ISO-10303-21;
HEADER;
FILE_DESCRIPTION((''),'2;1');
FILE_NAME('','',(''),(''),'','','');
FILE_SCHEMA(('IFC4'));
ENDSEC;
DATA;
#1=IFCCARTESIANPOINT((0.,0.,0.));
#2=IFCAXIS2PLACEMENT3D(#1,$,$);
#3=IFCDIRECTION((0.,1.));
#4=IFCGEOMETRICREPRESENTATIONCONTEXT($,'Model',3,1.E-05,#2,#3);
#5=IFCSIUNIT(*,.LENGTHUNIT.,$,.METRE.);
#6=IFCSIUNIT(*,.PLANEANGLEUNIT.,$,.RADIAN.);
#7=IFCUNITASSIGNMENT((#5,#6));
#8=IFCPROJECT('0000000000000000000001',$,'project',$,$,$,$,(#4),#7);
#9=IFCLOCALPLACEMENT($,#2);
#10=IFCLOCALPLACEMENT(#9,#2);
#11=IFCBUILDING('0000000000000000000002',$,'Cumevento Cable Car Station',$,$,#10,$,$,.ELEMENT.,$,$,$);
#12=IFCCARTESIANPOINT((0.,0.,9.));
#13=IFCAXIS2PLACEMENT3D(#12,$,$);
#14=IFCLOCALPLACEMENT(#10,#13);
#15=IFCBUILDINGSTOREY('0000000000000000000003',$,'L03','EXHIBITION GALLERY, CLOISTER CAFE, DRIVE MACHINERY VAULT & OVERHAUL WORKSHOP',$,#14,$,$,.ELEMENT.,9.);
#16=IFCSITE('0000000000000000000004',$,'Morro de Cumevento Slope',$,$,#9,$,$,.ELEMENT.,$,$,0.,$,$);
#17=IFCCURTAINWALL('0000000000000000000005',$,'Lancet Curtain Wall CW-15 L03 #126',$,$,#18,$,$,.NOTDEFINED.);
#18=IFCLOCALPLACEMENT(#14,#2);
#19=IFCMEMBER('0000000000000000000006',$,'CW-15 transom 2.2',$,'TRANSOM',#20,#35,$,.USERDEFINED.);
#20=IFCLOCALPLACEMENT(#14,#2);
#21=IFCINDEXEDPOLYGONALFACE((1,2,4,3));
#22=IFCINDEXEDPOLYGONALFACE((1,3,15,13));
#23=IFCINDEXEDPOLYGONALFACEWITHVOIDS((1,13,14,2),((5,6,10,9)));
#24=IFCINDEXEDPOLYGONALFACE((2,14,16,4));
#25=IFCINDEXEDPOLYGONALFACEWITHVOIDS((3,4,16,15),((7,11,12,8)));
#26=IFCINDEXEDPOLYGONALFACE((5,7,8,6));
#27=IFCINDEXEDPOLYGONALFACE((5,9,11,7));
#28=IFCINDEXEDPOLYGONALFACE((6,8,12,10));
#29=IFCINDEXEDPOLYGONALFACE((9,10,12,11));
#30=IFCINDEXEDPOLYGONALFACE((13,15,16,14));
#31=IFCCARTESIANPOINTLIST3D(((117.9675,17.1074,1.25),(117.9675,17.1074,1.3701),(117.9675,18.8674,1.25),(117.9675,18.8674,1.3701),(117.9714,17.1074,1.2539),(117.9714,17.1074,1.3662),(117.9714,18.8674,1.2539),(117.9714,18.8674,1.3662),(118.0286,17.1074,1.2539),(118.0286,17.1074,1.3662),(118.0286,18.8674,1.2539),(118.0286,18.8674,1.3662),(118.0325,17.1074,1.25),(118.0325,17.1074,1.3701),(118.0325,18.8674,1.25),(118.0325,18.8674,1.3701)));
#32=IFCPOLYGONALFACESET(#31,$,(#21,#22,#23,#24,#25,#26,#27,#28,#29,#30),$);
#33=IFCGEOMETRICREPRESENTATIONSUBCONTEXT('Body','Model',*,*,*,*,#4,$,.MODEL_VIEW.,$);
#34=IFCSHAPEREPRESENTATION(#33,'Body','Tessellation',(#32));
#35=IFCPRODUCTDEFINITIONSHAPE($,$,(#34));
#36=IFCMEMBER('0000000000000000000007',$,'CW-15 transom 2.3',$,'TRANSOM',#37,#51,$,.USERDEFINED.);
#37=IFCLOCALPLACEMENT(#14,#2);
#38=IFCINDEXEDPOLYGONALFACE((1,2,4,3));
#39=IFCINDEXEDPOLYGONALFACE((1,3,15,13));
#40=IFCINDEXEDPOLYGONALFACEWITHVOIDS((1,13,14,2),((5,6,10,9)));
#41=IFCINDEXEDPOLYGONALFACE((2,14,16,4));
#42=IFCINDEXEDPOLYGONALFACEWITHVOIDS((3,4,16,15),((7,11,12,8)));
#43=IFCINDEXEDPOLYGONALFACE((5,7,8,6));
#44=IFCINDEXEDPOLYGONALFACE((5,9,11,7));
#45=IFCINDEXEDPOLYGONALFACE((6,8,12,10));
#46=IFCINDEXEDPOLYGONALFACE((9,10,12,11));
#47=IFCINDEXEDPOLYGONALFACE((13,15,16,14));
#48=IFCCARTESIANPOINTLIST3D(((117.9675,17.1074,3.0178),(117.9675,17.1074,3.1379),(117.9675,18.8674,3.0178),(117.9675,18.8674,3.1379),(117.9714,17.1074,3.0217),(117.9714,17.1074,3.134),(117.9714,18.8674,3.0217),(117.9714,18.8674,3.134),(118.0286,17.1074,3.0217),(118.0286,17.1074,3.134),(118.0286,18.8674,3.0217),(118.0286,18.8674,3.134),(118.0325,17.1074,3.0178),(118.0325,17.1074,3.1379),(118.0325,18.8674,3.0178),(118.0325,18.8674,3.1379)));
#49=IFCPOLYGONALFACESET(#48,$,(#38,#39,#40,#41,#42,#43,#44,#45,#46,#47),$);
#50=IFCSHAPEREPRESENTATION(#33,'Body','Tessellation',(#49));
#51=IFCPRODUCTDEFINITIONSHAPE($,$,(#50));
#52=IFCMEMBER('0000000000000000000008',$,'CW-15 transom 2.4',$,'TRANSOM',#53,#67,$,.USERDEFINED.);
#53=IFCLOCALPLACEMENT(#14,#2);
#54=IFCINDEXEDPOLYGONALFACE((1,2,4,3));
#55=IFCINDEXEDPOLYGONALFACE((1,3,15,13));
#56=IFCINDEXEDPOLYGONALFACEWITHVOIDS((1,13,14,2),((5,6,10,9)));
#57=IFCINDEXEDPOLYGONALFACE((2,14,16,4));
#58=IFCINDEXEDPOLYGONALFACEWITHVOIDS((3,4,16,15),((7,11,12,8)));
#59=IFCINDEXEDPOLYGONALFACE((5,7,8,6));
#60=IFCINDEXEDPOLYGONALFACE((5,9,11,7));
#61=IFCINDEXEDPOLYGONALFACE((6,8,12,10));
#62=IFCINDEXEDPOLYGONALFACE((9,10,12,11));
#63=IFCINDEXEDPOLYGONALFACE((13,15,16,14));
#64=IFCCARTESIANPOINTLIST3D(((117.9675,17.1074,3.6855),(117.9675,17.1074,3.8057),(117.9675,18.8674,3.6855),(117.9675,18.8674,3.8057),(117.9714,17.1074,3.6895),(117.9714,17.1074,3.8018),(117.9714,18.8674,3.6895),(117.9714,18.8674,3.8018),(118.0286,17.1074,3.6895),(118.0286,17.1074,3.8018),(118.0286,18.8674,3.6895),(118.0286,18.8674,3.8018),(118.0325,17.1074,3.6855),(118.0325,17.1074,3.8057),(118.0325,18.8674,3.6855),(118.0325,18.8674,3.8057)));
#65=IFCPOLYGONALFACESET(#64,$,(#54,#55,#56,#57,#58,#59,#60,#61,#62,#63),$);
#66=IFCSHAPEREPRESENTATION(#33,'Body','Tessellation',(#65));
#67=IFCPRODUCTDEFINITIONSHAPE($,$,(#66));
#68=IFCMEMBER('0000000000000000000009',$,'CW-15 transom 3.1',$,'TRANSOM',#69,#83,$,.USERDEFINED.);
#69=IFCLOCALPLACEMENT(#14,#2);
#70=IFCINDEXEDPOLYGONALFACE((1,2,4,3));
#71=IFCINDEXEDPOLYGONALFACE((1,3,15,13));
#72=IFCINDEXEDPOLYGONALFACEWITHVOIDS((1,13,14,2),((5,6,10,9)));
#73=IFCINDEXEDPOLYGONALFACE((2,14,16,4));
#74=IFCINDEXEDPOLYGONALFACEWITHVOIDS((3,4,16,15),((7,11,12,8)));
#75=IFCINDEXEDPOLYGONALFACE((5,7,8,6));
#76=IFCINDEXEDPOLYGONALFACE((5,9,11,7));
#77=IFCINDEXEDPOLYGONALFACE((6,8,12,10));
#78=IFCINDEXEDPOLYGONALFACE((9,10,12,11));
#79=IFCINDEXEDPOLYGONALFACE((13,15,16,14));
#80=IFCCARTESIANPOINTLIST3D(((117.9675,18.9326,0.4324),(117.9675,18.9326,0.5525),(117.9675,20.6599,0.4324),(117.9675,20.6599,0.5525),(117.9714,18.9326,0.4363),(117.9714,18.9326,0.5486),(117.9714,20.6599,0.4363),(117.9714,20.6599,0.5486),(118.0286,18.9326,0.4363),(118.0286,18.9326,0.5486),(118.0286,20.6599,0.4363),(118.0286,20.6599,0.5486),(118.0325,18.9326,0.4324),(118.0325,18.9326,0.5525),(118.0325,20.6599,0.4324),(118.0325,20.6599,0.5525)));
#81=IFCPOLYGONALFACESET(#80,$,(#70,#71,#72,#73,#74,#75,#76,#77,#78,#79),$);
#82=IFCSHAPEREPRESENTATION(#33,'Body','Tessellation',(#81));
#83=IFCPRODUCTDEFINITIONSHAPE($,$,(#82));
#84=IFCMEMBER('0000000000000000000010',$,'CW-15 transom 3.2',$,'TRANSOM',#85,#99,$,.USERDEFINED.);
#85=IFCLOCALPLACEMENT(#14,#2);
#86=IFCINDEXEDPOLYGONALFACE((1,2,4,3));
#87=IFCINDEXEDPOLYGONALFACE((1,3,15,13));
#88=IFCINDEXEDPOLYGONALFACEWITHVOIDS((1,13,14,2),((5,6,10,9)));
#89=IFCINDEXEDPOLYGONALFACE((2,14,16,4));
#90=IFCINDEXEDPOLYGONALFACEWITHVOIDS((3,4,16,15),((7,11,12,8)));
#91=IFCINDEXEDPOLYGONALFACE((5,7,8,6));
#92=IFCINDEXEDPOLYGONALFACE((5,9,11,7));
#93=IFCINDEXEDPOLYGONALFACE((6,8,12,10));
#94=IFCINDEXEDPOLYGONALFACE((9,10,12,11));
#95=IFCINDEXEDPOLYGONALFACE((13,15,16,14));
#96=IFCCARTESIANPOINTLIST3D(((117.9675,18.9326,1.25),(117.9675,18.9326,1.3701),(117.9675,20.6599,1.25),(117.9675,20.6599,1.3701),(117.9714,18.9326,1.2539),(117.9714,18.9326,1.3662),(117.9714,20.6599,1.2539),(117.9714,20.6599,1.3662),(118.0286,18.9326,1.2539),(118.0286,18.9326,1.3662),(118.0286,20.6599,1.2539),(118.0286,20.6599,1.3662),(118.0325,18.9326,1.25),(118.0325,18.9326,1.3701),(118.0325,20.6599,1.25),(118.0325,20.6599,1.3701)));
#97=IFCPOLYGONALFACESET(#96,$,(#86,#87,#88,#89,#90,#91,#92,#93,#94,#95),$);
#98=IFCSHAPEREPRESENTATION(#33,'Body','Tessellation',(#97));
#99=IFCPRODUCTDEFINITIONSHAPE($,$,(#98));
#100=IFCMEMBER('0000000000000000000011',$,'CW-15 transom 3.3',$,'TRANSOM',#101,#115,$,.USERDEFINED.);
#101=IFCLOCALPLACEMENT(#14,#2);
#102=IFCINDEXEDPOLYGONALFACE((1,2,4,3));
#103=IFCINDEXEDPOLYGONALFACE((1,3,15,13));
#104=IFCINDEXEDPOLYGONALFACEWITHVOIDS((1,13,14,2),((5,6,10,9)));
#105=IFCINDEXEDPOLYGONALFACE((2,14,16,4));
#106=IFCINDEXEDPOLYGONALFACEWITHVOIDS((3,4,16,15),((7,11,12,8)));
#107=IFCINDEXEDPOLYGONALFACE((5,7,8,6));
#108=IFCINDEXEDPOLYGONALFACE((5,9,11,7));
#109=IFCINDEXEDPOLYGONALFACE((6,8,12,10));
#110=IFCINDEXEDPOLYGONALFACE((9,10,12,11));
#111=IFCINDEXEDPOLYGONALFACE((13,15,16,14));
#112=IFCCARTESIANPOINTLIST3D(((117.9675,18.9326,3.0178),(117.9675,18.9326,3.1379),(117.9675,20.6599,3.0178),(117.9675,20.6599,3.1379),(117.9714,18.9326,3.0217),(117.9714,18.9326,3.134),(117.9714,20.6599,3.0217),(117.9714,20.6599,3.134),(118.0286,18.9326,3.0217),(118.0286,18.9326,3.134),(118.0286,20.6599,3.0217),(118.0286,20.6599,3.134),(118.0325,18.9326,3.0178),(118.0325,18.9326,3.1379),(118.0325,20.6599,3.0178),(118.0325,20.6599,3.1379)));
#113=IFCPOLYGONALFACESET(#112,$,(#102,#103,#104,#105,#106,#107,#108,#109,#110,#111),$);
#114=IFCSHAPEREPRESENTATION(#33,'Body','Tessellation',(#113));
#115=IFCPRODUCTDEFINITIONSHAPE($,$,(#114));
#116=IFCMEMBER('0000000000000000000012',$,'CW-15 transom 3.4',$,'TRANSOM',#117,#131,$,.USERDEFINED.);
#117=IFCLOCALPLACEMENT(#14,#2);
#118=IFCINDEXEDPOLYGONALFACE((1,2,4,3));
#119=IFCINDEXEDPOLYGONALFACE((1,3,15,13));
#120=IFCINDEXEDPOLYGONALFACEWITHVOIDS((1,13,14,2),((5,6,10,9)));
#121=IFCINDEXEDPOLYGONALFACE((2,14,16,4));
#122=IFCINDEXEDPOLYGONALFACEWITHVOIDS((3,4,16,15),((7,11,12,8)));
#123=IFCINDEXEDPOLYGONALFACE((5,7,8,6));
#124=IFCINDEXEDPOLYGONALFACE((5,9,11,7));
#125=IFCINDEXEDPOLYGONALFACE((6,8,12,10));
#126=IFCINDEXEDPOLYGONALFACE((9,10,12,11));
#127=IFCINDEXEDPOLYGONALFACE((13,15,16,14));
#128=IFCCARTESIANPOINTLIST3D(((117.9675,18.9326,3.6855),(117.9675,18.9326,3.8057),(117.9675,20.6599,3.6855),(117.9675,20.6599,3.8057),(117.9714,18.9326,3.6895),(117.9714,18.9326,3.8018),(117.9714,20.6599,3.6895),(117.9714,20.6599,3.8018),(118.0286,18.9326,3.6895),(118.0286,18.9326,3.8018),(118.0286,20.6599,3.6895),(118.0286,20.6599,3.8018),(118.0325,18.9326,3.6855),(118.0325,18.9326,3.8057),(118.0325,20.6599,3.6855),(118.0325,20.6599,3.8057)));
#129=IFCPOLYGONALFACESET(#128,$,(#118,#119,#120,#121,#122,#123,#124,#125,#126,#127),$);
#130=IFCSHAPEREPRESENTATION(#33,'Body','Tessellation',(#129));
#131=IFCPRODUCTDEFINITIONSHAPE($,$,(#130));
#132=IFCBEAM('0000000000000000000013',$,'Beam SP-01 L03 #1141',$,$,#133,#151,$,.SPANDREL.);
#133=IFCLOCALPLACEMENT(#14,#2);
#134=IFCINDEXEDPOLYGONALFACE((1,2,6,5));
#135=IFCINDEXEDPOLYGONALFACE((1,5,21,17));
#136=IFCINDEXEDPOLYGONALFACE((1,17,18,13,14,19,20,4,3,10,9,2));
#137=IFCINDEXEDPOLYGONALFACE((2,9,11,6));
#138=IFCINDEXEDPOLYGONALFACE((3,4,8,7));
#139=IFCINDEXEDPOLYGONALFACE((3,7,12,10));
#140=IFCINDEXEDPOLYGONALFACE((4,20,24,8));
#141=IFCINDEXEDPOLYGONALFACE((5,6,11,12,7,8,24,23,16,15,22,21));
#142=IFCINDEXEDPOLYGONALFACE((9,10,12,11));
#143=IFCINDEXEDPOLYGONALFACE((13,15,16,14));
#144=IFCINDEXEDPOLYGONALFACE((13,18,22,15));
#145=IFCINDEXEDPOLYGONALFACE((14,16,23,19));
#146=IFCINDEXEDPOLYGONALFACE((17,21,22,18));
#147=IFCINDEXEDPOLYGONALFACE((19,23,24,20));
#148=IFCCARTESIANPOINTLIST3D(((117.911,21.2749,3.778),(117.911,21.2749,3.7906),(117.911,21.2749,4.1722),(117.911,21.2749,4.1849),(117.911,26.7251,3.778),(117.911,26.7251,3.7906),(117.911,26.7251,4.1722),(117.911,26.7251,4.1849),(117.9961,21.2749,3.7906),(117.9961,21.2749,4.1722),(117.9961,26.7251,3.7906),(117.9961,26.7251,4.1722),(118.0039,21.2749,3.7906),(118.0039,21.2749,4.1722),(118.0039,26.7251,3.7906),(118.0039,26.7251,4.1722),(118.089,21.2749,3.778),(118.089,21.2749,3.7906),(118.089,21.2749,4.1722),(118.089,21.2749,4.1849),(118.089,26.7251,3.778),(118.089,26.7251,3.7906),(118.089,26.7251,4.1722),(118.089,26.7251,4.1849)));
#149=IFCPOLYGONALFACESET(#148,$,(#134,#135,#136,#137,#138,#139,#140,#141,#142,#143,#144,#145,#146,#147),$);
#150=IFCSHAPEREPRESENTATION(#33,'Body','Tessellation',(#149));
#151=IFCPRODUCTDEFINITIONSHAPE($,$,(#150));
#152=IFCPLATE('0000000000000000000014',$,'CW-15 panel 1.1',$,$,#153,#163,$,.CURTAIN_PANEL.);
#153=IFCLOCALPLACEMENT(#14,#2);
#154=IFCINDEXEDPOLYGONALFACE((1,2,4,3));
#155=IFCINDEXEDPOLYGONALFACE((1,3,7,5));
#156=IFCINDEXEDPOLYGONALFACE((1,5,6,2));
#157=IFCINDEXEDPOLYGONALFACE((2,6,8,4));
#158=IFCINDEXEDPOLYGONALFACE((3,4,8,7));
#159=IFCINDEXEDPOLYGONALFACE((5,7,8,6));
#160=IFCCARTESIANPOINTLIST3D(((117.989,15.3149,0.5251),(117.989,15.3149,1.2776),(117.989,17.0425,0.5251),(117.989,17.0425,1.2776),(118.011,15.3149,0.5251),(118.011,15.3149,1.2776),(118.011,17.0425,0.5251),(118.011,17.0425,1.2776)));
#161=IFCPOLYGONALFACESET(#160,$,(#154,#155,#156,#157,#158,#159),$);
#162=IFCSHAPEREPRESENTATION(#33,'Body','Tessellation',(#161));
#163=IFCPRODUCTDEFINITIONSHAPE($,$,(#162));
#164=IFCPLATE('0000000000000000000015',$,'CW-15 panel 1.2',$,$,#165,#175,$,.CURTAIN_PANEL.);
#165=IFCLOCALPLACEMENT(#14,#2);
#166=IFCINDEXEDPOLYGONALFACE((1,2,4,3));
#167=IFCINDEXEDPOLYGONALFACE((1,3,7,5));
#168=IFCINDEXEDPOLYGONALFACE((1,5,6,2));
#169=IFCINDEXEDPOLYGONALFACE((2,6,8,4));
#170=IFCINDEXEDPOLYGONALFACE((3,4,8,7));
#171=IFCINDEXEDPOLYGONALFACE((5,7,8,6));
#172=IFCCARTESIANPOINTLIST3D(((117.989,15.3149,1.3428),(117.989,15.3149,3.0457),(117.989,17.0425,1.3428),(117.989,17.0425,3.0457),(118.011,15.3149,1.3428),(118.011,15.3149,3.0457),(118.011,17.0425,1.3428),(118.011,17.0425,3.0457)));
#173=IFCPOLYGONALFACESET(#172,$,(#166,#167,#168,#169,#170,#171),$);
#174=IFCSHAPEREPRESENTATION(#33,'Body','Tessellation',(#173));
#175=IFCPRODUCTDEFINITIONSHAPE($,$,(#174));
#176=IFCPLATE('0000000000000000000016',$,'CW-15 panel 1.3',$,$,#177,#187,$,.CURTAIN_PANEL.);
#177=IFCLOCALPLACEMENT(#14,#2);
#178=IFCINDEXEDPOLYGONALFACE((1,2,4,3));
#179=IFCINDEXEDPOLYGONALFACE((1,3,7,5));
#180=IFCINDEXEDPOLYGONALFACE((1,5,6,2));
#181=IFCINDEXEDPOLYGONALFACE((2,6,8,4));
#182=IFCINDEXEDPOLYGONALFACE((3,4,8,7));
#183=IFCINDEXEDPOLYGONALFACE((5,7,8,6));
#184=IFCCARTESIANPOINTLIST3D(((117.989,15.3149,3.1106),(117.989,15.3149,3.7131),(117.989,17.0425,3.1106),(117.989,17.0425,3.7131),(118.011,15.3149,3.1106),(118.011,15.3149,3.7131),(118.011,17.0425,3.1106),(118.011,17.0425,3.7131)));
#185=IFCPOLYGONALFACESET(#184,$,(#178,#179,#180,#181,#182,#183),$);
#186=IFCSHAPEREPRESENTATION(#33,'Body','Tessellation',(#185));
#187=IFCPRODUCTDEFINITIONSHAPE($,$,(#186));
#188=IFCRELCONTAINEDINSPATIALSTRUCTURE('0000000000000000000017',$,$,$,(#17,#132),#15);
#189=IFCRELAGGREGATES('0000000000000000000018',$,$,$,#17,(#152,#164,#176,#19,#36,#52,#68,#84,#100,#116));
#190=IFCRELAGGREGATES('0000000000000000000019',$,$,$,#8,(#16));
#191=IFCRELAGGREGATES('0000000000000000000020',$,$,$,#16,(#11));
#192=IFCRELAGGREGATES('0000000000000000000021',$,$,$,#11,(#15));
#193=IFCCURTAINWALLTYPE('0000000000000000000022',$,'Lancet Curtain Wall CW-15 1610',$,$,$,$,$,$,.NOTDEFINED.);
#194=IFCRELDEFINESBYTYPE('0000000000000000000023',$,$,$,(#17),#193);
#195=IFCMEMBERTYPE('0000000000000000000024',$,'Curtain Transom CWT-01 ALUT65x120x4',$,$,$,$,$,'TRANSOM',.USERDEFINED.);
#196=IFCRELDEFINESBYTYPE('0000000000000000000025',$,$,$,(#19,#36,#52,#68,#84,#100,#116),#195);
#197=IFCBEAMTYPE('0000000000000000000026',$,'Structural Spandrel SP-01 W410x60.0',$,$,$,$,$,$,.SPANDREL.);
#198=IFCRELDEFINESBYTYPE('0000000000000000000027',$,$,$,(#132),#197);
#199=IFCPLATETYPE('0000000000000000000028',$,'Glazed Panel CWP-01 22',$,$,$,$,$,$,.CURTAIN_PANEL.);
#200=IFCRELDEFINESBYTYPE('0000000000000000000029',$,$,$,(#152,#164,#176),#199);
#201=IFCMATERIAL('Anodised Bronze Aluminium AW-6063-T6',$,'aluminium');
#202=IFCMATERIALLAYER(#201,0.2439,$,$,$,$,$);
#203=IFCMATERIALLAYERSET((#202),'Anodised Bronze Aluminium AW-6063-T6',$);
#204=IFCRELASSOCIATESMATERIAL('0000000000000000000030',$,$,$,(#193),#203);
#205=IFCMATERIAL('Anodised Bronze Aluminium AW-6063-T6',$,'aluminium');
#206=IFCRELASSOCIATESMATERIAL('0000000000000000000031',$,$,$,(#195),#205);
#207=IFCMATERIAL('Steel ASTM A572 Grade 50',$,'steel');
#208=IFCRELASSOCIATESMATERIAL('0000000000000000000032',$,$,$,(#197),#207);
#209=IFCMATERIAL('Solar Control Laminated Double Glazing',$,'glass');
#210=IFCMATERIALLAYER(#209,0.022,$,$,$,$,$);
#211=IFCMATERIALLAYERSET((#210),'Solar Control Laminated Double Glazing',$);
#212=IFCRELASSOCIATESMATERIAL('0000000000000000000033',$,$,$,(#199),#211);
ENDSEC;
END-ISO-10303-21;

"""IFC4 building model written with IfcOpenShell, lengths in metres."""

from ifc_helpers import new_model, si_unit, direction, frame, origin, origin_2d, place, context, subcontext, project, spatial, rectangle, hollow_rectangle, i_section, extrude, material, layer, layer_set, material_profile, profile_set, type_object, element, aggregate, save


model = new_model("IFC4")

# Units and contexts
model_context = context("Model", 3, precision=1e-05, world=origin(), true_north=direction((0.0, 1.0)))
body_context = subcontext(model_context, "Body", "Model", "MODEL_VIEW")
ifc_project = project(units=[si_unit("LENGTHUNIT", "METRE"), si_unit("PLANEANGLEUNIT", "RADIAN")], contexts=[model_context])

# Site, building, storey
site_placement = place(None, origin())
site = spatial("IfcSite", under=ifc_project, at=site_placement, Name="Morro de Cumevento Slope", CompositionType="ELEMENT", RefElevation=0.0)
building_placement = place(site_placement, origin())
building = spatial("IfcBuilding", under=site, at=building_placement, Name="Cumevento Cable Car Station", CompositionType="ELEMENT")
storey_placement = place(building_placement, frame((0.0, 0.0, 9.0)))
storey = spatial("IfcBuildingStorey", under=building, at=storey_placement, Name="L03", Description="EXHIBITION GALLERY, CLOISTER CAFE, DRIVE MACHINERY VAULT & OVERHAUL WORKSHOP", CompositionType="ELEMENT", Elevation=9.0)

# Curtain wall, members
ifc_material_1 = material(Name="Anodised Bronze Aluminium AW-6063-T6", Category="aluminium")
ifc_layer_1 = layer(ifc_material_1, 0.2439)
ifc_layer_set_1 = layer_set([ifc_layer_1], Name="Anodised Bronze Aluminium AW-6063-T6")
curtain_wall_type = type_object("IfcCurtainWallType", Name="Lancet Curtain Wall CW-15 1610", PredefinedType="NOTDEFINED", material=ifc_layer_set_1)
curtain_wall_placement = place(storey_placement, origin())
curtain_wall = element("IfcCurtainWall", 1, at=curtain_wall_placement, inside=storey, type_object=curtain_wall_type, Name="Lancet Curtain Wall CW-15 L03 #126", PredefinedType="NOTDEFINED")
ifc_material_2 = material(Name="Anodised Bronze Aluminium AW-6063-T6", Category="aluminium")
ifc_material_profile_1 = material_profile(ifc_material_2, hollow_rectangle(XDim=0.0649, YDim=0.1201, WallThickness=0.0039, at=origin_2d()), Name="ALUT65x120x4")
ifc_profile_set_1 = profile_set([ifc_material_profile_1], Name="Anodised Bronze Aluminium AW-6063-T6")
member_type_1 = type_object("IfcMemberType", Name="Curtain Transom CWT-01 ALUT65x120x4", ElementType="TRANSOM", PredefinedType="USERDEFINED", material=ifc_profile_set_1)
member_1_placement = place(storey_placement, frame((118.0, 17.1074, 1.3101), z_axis=(0.0, 1.0, 0.0), x_axis=(-1.0, 0.0, 0.0)))
member_1 = element("IfcMember", 2, at=member_1_placement, type_object=member_type_1, Name="CW-15 transom 2.2", ObjectType="TRANSOM", PredefinedType="USERDEFINED", context=body_context, shape_type="SweptSolid", body=[
    extrude(hollow_rectangle(XDim=0.0649, YDim=0.1201, WallThickness=0.0039, at=origin_2d()), origin(), (0.0, 0.0, 1.0), 1.76),
])
member_2_placement = place(storey_placement, frame((118.0, 17.1074, 3.0779), z_axis=(0.0, 1.0, 0.0), x_axis=(-1.0, 0.0, 0.0)))
member_2 = element("IfcMember", 3, at=member_2_placement, type_object=member_type_1, Name="CW-15 transom 2.3", ObjectType="TRANSOM", PredefinedType="USERDEFINED", context=body_context, shape_type="SweptSolid", body=[
    extrude(hollow_rectangle(XDim=0.0649, YDim=0.1201, WallThickness=0.0039, at=origin_2d()), origin(), (0.0, 0.0, 1.0), 1.76),
])
member_3_placement = place(storey_placement, frame((118.0, 17.1074, 3.7456), z_axis=(0.0, 1.0, 0.0), x_axis=(-1.0, 0.0, 0.0)))
member_3 = element("IfcMember", 4, at=member_3_placement, type_object=member_type_1, Name="CW-15 transom 2.4", ObjectType="TRANSOM", PredefinedType="USERDEFINED", context=body_context, shape_type="SweptSolid", body=[
    extrude(hollow_rectangle(XDim=0.0649, YDim=0.1201, WallThickness=0.0039, at=origin_2d()), origin(), (0.0, 0.0, 1.0), 1.76),
])
member_4_placement = place(storey_placement, frame((118.0, 18.9326, 0.4924), z_axis=(0.0, 1.0, 0.0), x_axis=(-1.0, 0.0, 0.0)))
member_4 = element("IfcMember", 5, at=member_4_placement, type_object=member_type_1, Name="CW-15 transom 3.1", ObjectType="TRANSOM", PredefinedType="USERDEFINED", context=body_context, shape_type="SweptSolid", body=[
    extrude(hollow_rectangle(XDim=0.0649, YDim=0.1201, WallThickness=0.0039, at=origin_2d()), origin(), (0.0, 0.0, 1.0), 1.7273),
])
member_5_placement = place(storey_placement, frame((118.0, 18.9326, 1.3101), z_axis=(0.0, 1.0, 0.0), x_axis=(-1.0, 0.0, 0.0)))
member_5 = element("IfcMember", 6, at=member_5_placement, type_object=member_type_1, Name="CW-15 transom 3.2", ObjectType="TRANSOM", PredefinedType="USERDEFINED", context=body_context, shape_type="SweptSolid", body=[
    extrude(hollow_rectangle(XDim=0.0649, YDim=0.1201, WallThickness=0.0039, at=origin_2d()), origin(), (0.0, 0.0, 1.0), 1.7273),
])
member_6_placement = place(storey_placement, frame((118.0, 18.9326, 3.0779), z_axis=(0.0, 1.0, 0.0), x_axis=(-1.0, 0.0, 0.0)))
member_6 = element("IfcMember", 7, at=member_6_placement, type_object=member_type_1, Name="CW-15 transom 3.3", ObjectType="TRANSOM", PredefinedType="USERDEFINED", context=body_context, shape_type="SweptSolid", body=[
    extrude(hollow_rectangle(XDim=0.0649, YDim=0.1201, WallThickness=0.0039, at=origin_2d()), origin(), (0.0, 0.0, 1.0), 1.7273),
])
member_7_placement = place(storey_placement, frame((118.0, 18.9326, 3.7456), z_axis=(0.0, 1.0, 0.0), x_axis=(-1.0, 0.0, 0.0)))
member_7 = element("IfcMember", 8, at=member_7_placement, type_object=member_type_1, Name="CW-15 transom 3.4", ObjectType="TRANSOM", PredefinedType="USERDEFINED", context=body_context, shape_type="SweptSolid", body=[
    extrude(hollow_rectangle(XDim=0.0649, YDim=0.1201, WallThickness=0.0039, at=origin_2d()), origin(), (0.0, 0.0, 1.0), 1.7273),
])

# Beam
ifc_material_3 = material(Name="Steel ASTM A572 Grade 50", Category="steel")
ifc_material_profile_2 = material_profile(ifc_material_3, i_section(OverallWidth=0.178, OverallDepth=0.407, WebThickness=0.0078, FlangeThickness=0.0127, at=origin_2d()), Name="W410x60.0")
ifc_profile_set_2 = profile_set([ifc_material_profile_2], Name="Steel ASTM A572 Grade 50")
beam_type = type_object("IfcBeamType", Name="Structural Spandrel SP-01 W410x60.0", PredefinedType="SPANDREL", material=ifc_profile_set_2)
beam_placement = place(storey_placement, frame((118.0, 21.2749, 3.9814), z_axis=(0.0, 1.0, 0.0), x_axis=(-1.0, 0.0, 0.0)))
element("IfcBeam", 9, at=beam_placement, inside=storey, type_object=beam_type, Name="Beam SP-01 L03 #1141", PredefinedType="SPANDREL", context=body_context, shape_type="SweptSolid", body=[
    extrude(i_section(OverallWidth=0.178, OverallDepth=0.407, WebThickness=0.0078, FlangeThickness=0.0127, at=origin_2d()), origin(), (0.0, 0.0, 1.0), 5.4502),
])

# Plates
ifc_material_4 = material(Name="Solar Control Laminated Double Glazing", Category="glass")
ifc_layer_2 = layer(ifc_material_4, 0.022)
ifc_layer_set_2 = layer_set([ifc_layer_2], Name="Solar Control Laminated Double Glazing")
plate_type = type_object("IfcPlateType", Name="Glazed Panel CWP-01 22", PredefinedType="CURTAIN_PANEL", material=ifc_layer_set_2)
plate_1_placement = place(storey_placement, frame((118.0, 16.1787, 0.5251), z_axis=(0.0, 0.0, 1.0), x_axis=(0.0, 1.0, 0.0)))
plate_1 = element("IfcPlate", 10, at=plate_1_placement, type_object=plate_type, Name="CW-15 panel 1.1", PredefinedType="CURTAIN_PANEL", context=body_context, shape_type="SweptSolid", body=[
    extrude(rectangle(XDim=1.7275, YDim=0.022, at=origin_2d()), origin(), (0.0, 0.0, 1.0), 0.7524),
])
plate_2_placement = place(storey_placement, frame((118.0, 16.1787, 1.3428), z_axis=(0.0, 0.0, 1.0), x_axis=(0.0, 1.0, 0.0)))
plate_2 = element("IfcPlate", 11, at=plate_2_placement, type_object=plate_type, Name="CW-15 panel 1.2", PredefinedType="CURTAIN_PANEL", context=body_context, shape_type="SweptSolid", body=[
    extrude(rectangle(XDim=1.7275, YDim=0.022, at=origin_2d()), origin(), (0.0, 0.0, 1.0), 1.7029),
])
plate_3_placement = place(storey_placement, frame((118.0, 16.1787, 3.1106), z_axis=(0.0, 0.0, 1.0), x_axis=(0.0, 1.0, 0.0)))
plate_3 = element("IfcPlate", 12, at=plate_3_placement, type_object=plate_type, Name="CW-15 panel 1.3", PredefinedType="CURTAIN_PANEL", context=body_context, shape_type="SweptSolid", body=[
    extrude(rectangle(XDim=1.7275, YDim=0.022, at=origin_2d()), origin(), (0.0, 0.0, 1.0), 0.6025),
])
aggregate(curtain_wall, [plate_1, plate_2, plate_3, member_1, member_2, member_3, member_4, member_5, member_6, member_7])

save(model, "model.ifc")
